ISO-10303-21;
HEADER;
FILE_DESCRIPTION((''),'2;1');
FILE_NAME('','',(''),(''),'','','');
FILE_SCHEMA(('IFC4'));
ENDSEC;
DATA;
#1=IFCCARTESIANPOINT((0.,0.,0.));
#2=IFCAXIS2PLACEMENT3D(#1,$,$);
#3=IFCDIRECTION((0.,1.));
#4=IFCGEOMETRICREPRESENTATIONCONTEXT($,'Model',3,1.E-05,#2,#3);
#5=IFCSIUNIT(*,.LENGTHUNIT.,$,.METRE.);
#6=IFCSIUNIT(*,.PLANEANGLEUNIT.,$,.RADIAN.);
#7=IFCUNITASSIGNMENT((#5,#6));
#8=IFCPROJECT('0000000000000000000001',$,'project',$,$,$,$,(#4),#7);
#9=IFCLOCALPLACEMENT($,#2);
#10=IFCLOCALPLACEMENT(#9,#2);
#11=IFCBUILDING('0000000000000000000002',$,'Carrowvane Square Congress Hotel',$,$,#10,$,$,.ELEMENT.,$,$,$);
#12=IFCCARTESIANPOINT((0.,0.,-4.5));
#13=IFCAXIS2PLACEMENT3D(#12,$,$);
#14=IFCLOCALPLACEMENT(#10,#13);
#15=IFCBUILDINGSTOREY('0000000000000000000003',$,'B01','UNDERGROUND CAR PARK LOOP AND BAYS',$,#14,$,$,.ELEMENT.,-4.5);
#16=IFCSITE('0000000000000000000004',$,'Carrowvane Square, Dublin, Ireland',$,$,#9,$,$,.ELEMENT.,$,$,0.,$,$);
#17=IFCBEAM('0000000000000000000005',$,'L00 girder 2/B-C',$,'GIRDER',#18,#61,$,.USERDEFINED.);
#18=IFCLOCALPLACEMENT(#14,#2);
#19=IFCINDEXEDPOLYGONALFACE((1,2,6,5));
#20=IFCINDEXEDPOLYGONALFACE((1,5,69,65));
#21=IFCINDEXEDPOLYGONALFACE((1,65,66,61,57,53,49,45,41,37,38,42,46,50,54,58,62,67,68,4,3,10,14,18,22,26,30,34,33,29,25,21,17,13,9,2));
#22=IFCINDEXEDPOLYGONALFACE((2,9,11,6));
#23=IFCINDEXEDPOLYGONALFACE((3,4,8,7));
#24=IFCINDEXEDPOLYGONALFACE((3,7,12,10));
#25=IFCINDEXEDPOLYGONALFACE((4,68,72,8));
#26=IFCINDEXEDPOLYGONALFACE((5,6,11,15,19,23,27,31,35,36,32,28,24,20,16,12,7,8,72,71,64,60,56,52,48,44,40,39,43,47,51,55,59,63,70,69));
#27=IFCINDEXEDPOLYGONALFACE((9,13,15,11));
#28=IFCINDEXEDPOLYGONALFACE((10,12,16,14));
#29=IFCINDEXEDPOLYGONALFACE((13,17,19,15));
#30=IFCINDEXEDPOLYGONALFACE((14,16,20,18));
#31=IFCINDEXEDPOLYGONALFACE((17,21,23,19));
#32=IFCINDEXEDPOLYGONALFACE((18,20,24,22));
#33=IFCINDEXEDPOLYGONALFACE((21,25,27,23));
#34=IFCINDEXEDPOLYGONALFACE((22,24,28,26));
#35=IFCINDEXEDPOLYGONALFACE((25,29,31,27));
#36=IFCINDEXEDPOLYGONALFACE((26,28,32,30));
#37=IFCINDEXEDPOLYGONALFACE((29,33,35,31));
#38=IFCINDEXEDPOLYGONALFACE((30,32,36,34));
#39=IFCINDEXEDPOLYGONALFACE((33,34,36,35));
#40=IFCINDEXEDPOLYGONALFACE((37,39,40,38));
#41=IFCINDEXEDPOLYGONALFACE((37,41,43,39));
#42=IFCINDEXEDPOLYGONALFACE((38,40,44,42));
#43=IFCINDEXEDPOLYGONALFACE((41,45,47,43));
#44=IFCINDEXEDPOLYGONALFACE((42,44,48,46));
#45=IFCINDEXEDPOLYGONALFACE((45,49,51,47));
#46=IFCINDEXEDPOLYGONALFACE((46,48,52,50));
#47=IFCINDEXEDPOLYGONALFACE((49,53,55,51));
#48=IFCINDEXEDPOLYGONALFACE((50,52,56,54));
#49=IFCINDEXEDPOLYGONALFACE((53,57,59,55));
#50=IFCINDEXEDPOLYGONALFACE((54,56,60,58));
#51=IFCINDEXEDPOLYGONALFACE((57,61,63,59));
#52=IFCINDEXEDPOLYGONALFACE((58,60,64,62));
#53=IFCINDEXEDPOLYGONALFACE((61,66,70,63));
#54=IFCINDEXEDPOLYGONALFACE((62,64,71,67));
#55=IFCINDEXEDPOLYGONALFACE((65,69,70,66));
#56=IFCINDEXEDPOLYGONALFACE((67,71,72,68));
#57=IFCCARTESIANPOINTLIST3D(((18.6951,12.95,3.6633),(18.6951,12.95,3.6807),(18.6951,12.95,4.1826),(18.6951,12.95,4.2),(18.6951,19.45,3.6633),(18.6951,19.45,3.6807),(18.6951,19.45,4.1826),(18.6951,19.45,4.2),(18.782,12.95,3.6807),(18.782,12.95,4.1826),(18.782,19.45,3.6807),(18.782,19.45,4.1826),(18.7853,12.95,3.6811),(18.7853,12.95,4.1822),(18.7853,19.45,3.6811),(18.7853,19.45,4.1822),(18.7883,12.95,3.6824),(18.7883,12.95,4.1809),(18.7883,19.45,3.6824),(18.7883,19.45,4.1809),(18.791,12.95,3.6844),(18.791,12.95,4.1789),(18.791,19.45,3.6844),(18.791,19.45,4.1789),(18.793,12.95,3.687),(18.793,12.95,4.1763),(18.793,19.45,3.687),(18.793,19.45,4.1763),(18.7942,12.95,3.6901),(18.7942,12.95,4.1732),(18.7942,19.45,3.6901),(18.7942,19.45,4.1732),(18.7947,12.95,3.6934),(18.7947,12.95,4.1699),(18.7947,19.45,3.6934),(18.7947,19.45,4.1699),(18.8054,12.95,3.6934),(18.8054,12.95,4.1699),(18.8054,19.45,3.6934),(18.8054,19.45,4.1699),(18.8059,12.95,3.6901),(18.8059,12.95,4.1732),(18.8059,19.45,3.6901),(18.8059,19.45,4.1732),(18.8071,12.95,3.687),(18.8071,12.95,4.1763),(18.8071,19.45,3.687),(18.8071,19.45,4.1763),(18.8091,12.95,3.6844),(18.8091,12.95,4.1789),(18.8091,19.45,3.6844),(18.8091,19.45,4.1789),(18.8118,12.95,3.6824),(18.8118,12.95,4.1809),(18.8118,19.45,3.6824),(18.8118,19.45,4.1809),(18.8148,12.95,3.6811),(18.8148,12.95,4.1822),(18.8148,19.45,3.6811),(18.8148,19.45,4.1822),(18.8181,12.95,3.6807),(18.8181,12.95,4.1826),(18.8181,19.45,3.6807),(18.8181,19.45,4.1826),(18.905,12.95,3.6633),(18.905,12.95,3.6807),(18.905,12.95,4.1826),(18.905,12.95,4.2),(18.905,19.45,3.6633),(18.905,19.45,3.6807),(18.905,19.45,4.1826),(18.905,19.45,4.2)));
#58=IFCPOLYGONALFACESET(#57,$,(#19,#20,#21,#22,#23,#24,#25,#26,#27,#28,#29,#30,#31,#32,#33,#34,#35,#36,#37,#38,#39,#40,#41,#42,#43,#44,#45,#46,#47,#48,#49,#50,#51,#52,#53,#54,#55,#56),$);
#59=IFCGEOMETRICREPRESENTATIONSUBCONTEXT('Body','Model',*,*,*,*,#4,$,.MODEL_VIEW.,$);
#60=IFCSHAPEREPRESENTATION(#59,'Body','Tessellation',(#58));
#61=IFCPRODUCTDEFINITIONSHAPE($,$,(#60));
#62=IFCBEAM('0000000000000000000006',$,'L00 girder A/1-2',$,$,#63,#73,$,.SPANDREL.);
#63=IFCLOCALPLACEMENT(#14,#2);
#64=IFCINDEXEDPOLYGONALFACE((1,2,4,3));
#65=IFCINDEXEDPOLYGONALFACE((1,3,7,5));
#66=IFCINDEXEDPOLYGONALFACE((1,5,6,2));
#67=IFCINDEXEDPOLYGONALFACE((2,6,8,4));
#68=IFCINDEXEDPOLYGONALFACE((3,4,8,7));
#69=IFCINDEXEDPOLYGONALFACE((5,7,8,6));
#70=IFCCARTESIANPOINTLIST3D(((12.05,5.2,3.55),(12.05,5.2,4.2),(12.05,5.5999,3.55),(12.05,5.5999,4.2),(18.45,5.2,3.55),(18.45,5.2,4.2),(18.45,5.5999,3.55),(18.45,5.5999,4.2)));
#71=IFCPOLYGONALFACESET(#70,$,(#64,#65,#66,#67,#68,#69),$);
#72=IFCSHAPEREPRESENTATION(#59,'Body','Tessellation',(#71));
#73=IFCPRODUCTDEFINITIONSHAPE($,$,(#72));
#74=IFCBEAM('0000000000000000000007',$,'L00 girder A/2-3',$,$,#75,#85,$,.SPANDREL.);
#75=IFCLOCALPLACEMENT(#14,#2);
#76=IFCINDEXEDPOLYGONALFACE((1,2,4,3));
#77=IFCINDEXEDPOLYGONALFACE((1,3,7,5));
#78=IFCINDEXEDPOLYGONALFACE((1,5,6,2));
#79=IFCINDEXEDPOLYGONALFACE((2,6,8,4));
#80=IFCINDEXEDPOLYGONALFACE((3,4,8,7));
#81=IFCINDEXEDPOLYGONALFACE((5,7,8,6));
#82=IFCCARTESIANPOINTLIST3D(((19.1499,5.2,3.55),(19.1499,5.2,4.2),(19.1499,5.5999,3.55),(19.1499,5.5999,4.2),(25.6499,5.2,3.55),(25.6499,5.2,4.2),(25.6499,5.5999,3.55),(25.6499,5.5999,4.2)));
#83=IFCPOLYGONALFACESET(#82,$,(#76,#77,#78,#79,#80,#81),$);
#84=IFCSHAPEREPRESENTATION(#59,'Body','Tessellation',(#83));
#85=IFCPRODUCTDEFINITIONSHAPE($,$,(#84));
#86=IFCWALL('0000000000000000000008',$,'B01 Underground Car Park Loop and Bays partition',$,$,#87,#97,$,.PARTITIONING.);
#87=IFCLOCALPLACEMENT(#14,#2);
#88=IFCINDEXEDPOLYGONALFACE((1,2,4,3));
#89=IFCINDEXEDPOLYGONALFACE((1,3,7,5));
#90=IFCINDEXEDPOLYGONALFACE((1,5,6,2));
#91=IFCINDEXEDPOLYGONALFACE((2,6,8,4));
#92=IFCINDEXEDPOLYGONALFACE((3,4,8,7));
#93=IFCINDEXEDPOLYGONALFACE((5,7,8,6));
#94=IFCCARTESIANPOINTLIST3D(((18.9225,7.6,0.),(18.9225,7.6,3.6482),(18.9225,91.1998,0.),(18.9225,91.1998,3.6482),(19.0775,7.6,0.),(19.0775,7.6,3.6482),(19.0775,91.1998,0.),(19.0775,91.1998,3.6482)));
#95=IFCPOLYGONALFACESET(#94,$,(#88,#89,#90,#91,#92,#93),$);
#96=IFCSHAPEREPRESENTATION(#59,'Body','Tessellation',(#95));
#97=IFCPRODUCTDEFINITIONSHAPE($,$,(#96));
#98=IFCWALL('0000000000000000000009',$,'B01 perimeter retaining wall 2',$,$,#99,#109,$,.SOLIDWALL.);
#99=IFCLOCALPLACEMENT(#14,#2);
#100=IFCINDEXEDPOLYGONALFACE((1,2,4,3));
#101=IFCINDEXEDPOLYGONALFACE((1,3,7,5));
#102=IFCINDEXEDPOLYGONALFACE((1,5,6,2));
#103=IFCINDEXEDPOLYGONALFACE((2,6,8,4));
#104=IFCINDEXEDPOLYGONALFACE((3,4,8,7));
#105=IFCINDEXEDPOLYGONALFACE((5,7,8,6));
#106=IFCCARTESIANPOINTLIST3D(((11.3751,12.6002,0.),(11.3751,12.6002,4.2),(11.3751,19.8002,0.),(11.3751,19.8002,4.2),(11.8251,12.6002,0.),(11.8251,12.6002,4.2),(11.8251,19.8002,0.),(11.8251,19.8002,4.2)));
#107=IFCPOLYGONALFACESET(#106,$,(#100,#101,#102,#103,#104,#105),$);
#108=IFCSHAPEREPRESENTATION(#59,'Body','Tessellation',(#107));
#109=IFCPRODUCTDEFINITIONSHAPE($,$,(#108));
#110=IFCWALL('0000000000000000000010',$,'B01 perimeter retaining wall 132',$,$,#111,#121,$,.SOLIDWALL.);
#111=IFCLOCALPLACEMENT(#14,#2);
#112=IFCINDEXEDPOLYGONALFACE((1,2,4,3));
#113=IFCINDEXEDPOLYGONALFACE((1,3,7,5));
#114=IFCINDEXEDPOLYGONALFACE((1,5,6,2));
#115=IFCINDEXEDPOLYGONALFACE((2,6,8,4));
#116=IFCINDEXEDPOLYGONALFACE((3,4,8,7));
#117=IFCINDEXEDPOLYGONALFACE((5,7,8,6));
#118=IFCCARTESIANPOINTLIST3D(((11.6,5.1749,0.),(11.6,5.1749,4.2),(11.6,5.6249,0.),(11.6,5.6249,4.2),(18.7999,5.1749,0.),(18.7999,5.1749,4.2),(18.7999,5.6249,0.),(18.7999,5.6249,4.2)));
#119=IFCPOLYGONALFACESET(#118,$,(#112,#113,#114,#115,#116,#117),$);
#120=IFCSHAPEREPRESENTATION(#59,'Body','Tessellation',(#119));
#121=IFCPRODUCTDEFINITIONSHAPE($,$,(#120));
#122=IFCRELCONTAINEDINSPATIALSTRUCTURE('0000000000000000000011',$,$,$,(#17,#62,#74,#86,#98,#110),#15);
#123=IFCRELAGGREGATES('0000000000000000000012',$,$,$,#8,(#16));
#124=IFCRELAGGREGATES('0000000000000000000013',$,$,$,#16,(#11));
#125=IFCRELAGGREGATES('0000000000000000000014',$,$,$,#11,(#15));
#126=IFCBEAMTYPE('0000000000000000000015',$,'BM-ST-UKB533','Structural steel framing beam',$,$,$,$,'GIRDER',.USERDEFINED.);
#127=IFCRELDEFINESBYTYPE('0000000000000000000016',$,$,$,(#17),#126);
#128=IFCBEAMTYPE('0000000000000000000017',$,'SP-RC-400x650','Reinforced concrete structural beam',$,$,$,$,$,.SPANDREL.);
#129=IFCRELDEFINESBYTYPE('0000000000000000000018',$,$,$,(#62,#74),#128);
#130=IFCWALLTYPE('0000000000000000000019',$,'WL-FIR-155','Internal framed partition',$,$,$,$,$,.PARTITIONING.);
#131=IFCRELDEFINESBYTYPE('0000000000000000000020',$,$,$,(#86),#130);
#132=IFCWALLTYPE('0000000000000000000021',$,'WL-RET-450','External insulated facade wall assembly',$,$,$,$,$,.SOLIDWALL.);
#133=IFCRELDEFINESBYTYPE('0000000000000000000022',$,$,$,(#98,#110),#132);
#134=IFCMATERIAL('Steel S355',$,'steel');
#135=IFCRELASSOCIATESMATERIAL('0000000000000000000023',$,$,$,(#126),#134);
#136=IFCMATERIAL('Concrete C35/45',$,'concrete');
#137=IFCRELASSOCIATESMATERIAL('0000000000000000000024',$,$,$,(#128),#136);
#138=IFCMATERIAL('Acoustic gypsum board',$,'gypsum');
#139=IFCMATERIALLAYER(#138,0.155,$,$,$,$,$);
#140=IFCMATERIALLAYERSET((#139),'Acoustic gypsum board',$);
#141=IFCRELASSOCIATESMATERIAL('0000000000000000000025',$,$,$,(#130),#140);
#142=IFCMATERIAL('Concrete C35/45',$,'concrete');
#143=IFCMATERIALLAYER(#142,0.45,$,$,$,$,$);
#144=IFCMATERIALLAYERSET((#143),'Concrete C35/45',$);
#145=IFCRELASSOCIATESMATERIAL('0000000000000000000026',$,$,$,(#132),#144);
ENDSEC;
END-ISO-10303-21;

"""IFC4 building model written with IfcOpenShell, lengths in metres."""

from ifc_helpers import new_model, si_unit, direction, frame, frame_2d, origin, origin_2d, place, context, subcontext, project, spatial, rectangle, i_section, extrude, material, layer, layer_set, material_profile, profile_set, type_object, element, save


model = new_model("IFC4")

# Units and contexts
model_context = context("Model", 3, precision=1e-05, world=origin(), true_north=direction((0.0, 1.0)))
body_context = subcontext(model_context, "Body", "Model", "MODEL_VIEW")
ifc_project = project(units=[si_unit("LENGTHUNIT", "METRE"), si_unit("PLANEANGLEUNIT", "RADIAN")], contexts=[model_context])

# Site, building, storey
site_placement = place(None, origin())
site = spatial("IfcSite", under=ifc_project, at=site_placement, Name="Carrowvane Square, Dublin, Ireland", CompositionType="ELEMENT", RefElevation=0.0)
building_placement = place(site_placement, origin())
building = spatial("IfcBuilding", under=site, at=building_placement, Name="Carrowvane Square Congress Hotel", CompositionType="ELEMENT")
storey_placement = place(building_placement, frame((0.0, 0.0, -4.5)))
storey = spatial("IfcBuildingStorey", under=building, at=storey_placement, Name="B01", Description="UNDERGROUND CAR PARK LOOP AND BAYS", CompositionType="ELEMENT", Elevation=-4.5)

# Beams
ifc_material_1 = material(Name="Steel S355", Category="steel")
ifc_material_profile_1 = material_profile(ifc_material_1, i_section(OverallWidth=0.21, OverallDepth=0.5366, WebThickness=0.0107, FlangeThickness=0.0173, FilletRadius=0.0127, at=origin_2d()), Name="UKB 533x210x101")
ifc_profile_set_1 = profile_set([ifc_material_profile_1], Name="Steel S355")
beam_type_1 = type_object("IfcBeamType", Name="BM-ST-UKB533", Description="Structural steel framing beam", ElementType="GIRDER", PredefinedType="USERDEFINED", material=ifc_profile_set_1)
for number, where, z_axis, x_axis, name in (
    (1, (18.8, 12.95, 3.9316), (0.0, 1.0, 0.0), (-1.0, 0.0, 0.0), "L00 girder 2/B-C"),
):
    element("IfcBeam", number, at=place(storey_placement, frame(where, z_axis=z_axis, x_axis=x_axis)), inside=storey, type_object=beam_type_1, Name=name, ObjectType="GIRDER", PredefinedType="USERDEFINED", context=body_context, shape_type="SweptSolid", body=[
        extrude(i_section(OverallWidth=0.21, OverallDepth=0.5366, WebThickness=0.0107, FlangeThickness=0.0173, FilletRadius=0.0127, at=origin_2d()), origin(), (0.0, 0.0, 1.0), 6.5),
    ])
ifc_material_2 = material(Name="Concrete C35/45", Category="concrete")
ifc_material_profile_2 = material_profile(ifc_material_2, rectangle(XDim=0.3999, YDim=0.6499, at=origin_2d()), Name="RC 400x650")
ifc_profile_set_2 = profile_set([ifc_material_profile_2], Name="Concrete C35/45")
beam_type_2 = type_object("IfcBeamType", Name="SP-RC-400x650", Description="Reinforced concrete structural beam", PredefinedType="SPANDREL", material=ifc_profile_set_2)
beam_1_placement = place(storey_placement, frame((12.05, 5.3999, 3.875), z_axis=(1.0, 0.0, 0.0), x_axis=(0.0, 1.0, 0.0)))
element("IfcBeam", 2, at=beam_1_placement, inside=storey, type_object=beam_type_2, Name="L00 girder A/1-2", PredefinedType="SPANDREL", context=body_context, shape_type="SweptSolid", body=[
    extrude(rectangle(XDim=0.3999, YDim=0.6499, at=origin_2d()), origin(), (0.0, 0.0, 1.0), 6.3999),
])
beam_2_placement = place(storey_placement, frame((19.1499, 5.3999, 3.875), z_axis=(1.0, 0.0, 0.0), x_axis=(0.0, 1.0, 0.0)))
element("IfcBeam", 3, at=beam_2_placement, inside=storey, type_object=beam_type_2, Name="L00 girder A/2-3", PredefinedType="SPANDREL", context=body_context, shape_type="SweptSolid", body=[
    extrude(rectangle(XDim=0.3999, YDim=0.6499, at=origin_2d()), origin(), (0.0, 0.0, 1.0), 6.5),
])

# Walls
ifc_material_3 = material(Name="Acoustic gypsum board", Category="gypsum")
ifc_layer_1 = layer(ifc_material_3, 0.155)
ifc_layer_set_1 = layer_set([ifc_layer_1], Name="Acoustic gypsum board")
wall_type_1 = type_object("IfcWallType", Name="WL-FIR-155", Description="Internal framed partition", PredefinedType="PARTITIONING", material=ifc_layer_set_1)
wall_placement = place(storey_placement, frame((19.0, 7.6001, 0.0), z_axis=(0.0, 0.0, 1.0), x_axis=(0.0, 1.0, 0.0)))
element("IfcWall", 4, at=wall_placement, inside=storey, type_object=wall_type_1, Name="B01 Underground Car Park Loop and Bays partition", PredefinedType="PARTITIONING", context=body_context, shape_type="SweptSolid", body=[
    extrude(rectangle(XDim=83.5999, YDim=0.155, at=frame_2d((41.7998, 0.0))), origin(), (0.0, 0.0, 1.0), 3.6482),
])
ifc_material_4 = material(Name="Concrete C35/45", Category="concrete")
ifc_layer_2 = layer(ifc_material_4, 0.45)
ifc_layer_set_2 = layer_set([ifc_layer_2], Name="Concrete C35/45")
wall_type_2 = type_object("IfcWallType", Name="WL-RET-450", Description="External insulated facade wall assembly", PredefinedType="SOLIDWALL", material=ifc_layer_set_2)
for number, where, z_axis, x_axis, name in (
    (5, (11.6001, 12.6001, 0.0), (0.0, 0.0, 1.0), (0.0, 1.0, 0.0), "B01 perimeter retaining wall 2"),
    (6, (18.8, 5.3999, 0.0), (0.0, 0.0, 1.0), (-1.0, 0.0, 0.0), "B01 perimeter retaining wall 132"),
):
    element("IfcWall", number, at=place(storey_placement, frame(where, z_axis=z_axis, x_axis=x_axis)), inside=storey, type_object=wall_type_2, Name=name, PredefinedType="SOLIDWALL", context=body_context, shape_type="SweptSolid", body=[
        extrude(rectangle(XDim=7.2, YDim=0.45, at=frame_2d((3.6001, 0.0))), origin(), (0.0, 0.0, 1.0), 4.2),
    ])

save(model, "model.ifc")
